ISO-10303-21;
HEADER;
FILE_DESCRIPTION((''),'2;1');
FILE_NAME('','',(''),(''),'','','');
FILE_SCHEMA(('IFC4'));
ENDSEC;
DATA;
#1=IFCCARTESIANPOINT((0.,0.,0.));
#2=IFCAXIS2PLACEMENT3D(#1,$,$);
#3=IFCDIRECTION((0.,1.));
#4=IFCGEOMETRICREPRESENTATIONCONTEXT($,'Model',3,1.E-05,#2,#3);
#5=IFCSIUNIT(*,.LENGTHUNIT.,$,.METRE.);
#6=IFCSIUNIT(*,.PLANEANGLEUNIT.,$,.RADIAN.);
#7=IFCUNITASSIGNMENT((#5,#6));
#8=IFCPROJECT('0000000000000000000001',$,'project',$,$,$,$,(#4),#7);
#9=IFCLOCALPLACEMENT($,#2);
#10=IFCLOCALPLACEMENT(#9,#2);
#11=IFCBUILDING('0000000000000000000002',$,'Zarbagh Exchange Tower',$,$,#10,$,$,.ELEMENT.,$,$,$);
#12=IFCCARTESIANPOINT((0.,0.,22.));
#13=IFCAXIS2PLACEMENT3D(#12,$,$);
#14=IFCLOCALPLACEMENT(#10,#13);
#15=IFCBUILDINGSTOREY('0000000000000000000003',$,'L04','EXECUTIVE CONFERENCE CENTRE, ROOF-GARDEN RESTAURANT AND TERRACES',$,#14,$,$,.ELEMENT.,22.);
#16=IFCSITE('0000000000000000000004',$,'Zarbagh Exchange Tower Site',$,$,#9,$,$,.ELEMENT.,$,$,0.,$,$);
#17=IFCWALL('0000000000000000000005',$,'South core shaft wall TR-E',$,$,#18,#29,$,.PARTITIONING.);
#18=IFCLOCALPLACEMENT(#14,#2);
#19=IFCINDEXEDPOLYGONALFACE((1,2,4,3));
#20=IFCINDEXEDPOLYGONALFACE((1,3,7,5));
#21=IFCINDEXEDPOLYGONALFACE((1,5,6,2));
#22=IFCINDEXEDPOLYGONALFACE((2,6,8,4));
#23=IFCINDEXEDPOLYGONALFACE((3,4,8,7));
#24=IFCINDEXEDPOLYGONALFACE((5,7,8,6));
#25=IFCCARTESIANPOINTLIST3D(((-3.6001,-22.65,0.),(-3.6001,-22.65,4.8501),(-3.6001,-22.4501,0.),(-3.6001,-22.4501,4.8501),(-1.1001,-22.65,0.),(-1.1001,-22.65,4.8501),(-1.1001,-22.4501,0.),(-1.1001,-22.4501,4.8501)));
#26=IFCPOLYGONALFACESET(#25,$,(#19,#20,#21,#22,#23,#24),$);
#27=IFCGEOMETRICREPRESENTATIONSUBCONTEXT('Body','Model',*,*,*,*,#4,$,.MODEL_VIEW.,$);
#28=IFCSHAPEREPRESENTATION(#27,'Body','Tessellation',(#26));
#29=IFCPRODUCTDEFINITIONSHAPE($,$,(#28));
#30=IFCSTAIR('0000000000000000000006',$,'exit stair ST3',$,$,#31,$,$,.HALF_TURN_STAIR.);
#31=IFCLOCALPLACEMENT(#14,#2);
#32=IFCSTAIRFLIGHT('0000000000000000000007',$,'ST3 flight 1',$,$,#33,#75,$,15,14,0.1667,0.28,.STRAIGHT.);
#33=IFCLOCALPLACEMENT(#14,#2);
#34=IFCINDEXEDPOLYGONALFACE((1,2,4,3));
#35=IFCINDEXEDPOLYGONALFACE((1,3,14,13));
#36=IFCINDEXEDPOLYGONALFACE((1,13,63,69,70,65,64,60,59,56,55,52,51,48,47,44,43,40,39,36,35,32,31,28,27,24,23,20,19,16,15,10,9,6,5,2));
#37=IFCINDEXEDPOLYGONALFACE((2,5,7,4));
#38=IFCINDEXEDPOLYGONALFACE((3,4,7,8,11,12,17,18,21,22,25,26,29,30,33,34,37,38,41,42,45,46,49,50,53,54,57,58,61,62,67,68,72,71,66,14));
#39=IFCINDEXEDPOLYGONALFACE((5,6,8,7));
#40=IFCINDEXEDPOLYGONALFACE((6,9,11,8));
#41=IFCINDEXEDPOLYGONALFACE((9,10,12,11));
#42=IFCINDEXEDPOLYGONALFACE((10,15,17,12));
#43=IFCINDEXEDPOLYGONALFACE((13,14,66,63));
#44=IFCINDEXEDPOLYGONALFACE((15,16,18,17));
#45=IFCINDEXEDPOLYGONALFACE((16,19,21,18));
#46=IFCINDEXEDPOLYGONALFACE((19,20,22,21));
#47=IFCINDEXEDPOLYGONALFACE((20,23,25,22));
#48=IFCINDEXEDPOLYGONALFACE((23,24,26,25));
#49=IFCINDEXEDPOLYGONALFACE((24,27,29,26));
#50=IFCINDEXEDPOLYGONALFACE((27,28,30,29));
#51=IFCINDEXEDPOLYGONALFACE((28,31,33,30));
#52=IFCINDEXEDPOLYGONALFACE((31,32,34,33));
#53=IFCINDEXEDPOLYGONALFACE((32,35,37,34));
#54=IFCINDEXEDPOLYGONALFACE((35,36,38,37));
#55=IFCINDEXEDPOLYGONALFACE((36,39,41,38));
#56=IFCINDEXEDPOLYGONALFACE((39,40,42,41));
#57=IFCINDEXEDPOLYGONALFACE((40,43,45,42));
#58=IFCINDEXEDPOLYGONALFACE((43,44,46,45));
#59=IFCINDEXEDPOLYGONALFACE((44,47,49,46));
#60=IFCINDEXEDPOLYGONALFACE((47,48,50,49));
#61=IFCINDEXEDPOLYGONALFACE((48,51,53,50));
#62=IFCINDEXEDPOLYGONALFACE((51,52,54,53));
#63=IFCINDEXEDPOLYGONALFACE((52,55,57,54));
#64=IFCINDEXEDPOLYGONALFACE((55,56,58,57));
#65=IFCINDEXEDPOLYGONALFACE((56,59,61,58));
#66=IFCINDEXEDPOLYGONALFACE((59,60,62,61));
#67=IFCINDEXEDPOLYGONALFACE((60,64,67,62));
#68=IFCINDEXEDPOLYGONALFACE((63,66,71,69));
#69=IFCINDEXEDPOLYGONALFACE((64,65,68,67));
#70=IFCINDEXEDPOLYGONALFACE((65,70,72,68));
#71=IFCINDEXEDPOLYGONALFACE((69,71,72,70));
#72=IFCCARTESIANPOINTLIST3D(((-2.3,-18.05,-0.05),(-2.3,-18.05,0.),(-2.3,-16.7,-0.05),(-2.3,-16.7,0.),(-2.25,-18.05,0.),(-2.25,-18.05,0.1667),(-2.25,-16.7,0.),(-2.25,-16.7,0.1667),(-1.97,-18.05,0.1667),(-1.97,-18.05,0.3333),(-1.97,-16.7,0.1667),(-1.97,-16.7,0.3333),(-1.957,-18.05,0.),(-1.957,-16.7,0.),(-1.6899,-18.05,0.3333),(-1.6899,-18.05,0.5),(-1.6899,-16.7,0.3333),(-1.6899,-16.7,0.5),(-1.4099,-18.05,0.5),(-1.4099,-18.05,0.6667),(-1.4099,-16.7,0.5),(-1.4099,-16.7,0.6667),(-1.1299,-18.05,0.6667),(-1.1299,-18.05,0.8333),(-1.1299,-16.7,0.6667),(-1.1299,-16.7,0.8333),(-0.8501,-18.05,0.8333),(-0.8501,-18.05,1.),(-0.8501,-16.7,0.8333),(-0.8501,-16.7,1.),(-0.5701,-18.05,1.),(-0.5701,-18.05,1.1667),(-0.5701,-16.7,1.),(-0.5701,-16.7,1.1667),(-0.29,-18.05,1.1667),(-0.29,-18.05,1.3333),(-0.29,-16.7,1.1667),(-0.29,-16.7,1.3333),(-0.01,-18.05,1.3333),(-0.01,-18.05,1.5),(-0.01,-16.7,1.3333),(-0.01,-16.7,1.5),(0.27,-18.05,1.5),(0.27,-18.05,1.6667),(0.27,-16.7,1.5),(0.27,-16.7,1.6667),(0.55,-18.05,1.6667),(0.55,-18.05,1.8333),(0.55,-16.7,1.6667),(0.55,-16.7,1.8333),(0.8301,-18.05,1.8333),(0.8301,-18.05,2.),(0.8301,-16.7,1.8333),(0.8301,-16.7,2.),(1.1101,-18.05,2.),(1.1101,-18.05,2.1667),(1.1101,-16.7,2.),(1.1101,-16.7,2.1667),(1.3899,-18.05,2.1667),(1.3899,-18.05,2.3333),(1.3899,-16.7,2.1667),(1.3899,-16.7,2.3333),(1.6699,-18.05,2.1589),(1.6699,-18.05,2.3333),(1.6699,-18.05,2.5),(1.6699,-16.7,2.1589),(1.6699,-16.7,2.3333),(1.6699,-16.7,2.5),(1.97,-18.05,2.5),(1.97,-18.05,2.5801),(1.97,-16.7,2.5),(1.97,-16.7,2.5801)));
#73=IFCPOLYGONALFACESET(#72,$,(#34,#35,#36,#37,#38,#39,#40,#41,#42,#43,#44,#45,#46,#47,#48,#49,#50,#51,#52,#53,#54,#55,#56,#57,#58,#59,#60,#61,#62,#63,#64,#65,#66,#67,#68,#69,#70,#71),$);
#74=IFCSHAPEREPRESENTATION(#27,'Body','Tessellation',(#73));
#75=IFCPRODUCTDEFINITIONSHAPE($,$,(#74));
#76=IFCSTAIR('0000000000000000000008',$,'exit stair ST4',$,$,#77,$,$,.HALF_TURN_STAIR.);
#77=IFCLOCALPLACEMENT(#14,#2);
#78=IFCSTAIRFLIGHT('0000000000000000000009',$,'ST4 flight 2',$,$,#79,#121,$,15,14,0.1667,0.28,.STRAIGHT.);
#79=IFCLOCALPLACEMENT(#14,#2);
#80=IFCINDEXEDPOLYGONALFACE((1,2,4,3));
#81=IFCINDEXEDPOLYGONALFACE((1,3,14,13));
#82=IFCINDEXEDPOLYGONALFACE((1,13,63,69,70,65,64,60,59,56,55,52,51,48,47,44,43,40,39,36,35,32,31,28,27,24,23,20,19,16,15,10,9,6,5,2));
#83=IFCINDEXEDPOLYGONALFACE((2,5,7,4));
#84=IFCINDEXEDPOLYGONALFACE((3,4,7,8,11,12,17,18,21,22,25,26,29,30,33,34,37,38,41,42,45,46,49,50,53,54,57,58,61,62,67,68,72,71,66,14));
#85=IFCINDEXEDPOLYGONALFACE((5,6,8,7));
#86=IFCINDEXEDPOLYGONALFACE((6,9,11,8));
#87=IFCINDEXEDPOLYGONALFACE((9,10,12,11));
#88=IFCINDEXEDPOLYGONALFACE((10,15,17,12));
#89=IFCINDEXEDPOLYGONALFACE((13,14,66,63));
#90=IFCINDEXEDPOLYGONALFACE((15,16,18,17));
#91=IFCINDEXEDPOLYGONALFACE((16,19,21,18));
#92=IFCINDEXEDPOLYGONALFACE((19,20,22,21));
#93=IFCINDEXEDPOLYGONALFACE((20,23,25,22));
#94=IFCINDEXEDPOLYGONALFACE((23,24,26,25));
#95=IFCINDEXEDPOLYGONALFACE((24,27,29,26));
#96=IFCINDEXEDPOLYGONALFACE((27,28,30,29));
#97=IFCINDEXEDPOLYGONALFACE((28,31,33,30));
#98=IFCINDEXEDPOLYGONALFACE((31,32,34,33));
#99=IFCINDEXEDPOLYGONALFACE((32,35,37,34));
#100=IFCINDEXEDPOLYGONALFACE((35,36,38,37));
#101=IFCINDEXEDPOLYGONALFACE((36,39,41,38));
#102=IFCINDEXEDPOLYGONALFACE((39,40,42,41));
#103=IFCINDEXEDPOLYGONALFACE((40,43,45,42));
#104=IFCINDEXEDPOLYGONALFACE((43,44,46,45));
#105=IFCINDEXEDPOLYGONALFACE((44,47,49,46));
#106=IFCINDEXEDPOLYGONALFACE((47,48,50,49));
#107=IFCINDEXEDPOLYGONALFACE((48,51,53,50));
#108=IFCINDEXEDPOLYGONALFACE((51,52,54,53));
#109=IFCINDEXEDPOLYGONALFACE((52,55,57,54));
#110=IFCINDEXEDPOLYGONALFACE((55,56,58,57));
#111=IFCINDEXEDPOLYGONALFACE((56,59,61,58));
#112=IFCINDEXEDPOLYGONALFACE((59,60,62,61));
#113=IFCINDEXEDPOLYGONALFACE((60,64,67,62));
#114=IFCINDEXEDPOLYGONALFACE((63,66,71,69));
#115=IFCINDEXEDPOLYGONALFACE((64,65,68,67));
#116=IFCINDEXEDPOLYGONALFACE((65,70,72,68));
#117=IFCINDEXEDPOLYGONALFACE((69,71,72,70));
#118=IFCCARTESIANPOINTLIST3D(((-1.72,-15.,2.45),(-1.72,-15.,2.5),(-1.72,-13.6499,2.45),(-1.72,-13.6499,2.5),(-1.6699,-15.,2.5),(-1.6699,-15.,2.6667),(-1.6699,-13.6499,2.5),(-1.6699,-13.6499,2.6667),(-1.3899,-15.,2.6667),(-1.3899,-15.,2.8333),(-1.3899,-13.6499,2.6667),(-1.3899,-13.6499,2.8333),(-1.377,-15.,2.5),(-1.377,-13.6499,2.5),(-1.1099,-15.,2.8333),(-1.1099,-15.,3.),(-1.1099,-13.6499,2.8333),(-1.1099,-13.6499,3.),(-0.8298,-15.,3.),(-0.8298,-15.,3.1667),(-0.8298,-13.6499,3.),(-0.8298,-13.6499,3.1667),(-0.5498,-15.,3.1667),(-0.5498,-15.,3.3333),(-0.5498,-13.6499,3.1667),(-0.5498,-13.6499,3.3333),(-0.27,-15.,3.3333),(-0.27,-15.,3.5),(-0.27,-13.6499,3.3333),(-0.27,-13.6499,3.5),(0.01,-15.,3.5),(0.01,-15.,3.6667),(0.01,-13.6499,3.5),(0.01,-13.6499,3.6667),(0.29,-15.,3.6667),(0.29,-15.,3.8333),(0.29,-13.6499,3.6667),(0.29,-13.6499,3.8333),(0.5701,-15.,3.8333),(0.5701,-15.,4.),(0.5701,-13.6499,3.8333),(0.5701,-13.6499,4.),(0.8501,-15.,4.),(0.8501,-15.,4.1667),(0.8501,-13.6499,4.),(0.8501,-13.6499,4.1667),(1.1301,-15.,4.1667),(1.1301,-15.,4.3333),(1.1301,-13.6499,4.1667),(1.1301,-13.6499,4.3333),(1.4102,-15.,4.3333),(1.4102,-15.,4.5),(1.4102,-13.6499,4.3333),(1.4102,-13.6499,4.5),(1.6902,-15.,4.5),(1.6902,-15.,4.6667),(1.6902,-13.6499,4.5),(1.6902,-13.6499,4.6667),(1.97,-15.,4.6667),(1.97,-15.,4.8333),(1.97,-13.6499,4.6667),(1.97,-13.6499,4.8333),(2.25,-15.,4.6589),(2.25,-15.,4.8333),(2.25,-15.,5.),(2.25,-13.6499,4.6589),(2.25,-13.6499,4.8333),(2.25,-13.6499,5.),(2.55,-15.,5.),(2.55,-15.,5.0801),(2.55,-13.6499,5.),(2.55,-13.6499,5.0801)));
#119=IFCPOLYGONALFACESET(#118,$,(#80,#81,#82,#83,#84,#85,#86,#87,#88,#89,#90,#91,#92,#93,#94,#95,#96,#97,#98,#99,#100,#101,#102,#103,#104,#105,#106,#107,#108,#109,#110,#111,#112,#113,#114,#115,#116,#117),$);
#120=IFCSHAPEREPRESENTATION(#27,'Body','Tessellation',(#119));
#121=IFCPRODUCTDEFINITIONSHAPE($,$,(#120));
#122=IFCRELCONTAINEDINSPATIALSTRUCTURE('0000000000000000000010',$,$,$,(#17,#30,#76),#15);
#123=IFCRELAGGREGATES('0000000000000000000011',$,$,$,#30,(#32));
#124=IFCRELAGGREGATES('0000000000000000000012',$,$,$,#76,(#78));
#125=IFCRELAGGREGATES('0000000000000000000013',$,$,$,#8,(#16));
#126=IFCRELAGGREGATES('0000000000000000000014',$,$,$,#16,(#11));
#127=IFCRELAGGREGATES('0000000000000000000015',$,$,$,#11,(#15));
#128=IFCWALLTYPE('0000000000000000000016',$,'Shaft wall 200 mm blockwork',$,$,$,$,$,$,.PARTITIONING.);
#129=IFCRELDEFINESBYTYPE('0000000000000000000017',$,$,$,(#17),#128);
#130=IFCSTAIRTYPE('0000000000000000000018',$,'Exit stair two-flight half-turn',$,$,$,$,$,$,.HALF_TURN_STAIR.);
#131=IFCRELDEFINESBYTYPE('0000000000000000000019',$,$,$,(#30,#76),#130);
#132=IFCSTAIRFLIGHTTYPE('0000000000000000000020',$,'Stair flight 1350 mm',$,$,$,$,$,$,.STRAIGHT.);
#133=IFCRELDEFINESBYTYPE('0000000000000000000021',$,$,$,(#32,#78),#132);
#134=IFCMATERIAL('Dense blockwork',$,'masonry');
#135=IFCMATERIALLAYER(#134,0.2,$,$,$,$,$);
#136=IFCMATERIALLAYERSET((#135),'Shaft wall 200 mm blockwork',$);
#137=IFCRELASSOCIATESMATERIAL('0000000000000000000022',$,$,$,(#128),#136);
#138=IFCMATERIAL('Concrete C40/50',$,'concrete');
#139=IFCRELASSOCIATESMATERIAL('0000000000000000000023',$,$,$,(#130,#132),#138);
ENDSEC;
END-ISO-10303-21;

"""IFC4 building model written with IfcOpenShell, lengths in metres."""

from ifc_helpers import new_model, si_unit, direction, frame, frame_2d, origin, place, context, subcontext, project, spatial, polyline, rectangle, outline, extrude, material, layer, layer_set, type_object, element, aggregate, save


model = new_model("IFC4")

# Units and contexts
model_context = context("Model", 3, precision=1e-05, world=origin(), true_north=direction((0.0, 1.0)))
body_context = subcontext(model_context, "Body", "Model", "MODEL_VIEW")
ifc_project = project(units=[si_unit("LENGTHUNIT", "METRE"), si_unit("PLANEANGLEUNIT", "RADIAN")], contexts=[model_context])

# Site, building, storey
site_placement = place(None, origin())
site = spatial("IfcSite", under=ifc_project, at=site_placement, Name="Zarbagh Exchange Tower Site", CompositionType="ELEMENT", RefElevation=0.0)
building_placement = place(site_placement, origin())
building = spatial("IfcBuilding", under=site, at=building_placement, Name="Zarbagh Exchange Tower", CompositionType="ELEMENT")
storey_placement = place(building_placement, frame((0.0, 0.0, 22.0)))
storey = spatial("IfcBuildingStorey", under=building, at=storey_placement, Name="L04", Description="EXECUTIVE CONFERENCE CENTRE, ROOF-GARDEN RESTAURANT AND TERRACES", CompositionType="ELEMENT", Elevation=22.0)

# Wall
ifc_material_1 = material(Name="Dense blockwork", Category="masonry")
ifc_layer_1 = layer(ifc_material_1, 0.2)
ifc_layer_set_1 = layer_set([ifc_layer_1], Name="Shaft wall 200 mm blockwork")
wall_type_1 = type_object("IfcWallType", Name="Shaft wall 200 mm blockwork", PredefinedType="PARTITIONING", material=ifc_layer_set_1)
wall_1_placement = place(storey_placement, frame((-1.1001, -22.55, 0.0), z_axis=(0.0, 0.0, 1.0), x_axis=(-1.0, 0.0, 0.0)))
element("IfcWall", 1, at=wall_1_placement, inside=storey, type_object=wall_type_1, Name="South core shaft wall TR-E", PredefinedType="PARTITIONING", context=body_context, shape_type="SweptSolid", body=[
    extrude(rectangle(XDim=2.5, YDim=0.2, at=frame_2d((1.25, 0.0))), origin(), (0.0, 0.0, 1.0), 4.8501),
])

# Stairs, stair flights
ifc_material_2 = material(Name="Concrete C40/50", Category="concrete")
stair_type = type_object("IfcStairType", Name="Exit stair two-flight half-turn", PredefinedType="HALF_TURN_STAIR", material=ifc_material_2)
stair_1_placement = place(storey_placement, origin())
stair_1 = element("IfcStair", 2, at=stair_1_placement, inside=storey, type_object=stair_type, Name="exit stair ST3", PredefinedType="HALF_TURN_STAIR")
stair_flight_type = type_object("IfcStairFlightType", Name="Stair flight 1350 mm", PredefinedType="STRAIGHT", material=ifc_material_2)
stair_flight_1_placement = place(storey_placement, frame((-2.25, -17.375, 0.0), z_axis=(0.0, 0.0, 1.0), x_axis=(1.0, 0.0, 0.0)))
stair_flight_1 = element("IfcStairFlight", 3, at=stair_flight_1_placement, type_object=stair_flight_type, Name="ST3 flight 1", NumberOfRisers=15, NumberOfTreads=14, PredefinedType="STRAIGHT", RiserHeight=0.1667, TreadLength=0.28, context=body_context, shape_type="SweptSolid", body=[
    extrude(outline(polyline([(-0.05, -0.05), (-0.05, 0.0), (0.0, 0.0), (0.0, 0.1667), (0.28, 0.1667), (0.28, 0.3333), (0.5601, 0.3333), (0.5601, 0.5), (0.8401, 0.5), (0.8401, 0.6667), (1.1201, 0.6667), (1.1201, 0.8333), (1.3999, 0.8333), (1.3999, 1.0), (1.6799, 1.0), (1.6799, 1.1667), (1.96, 1.1667), (1.96, 1.3333), (2.24, 1.3333), (2.24, 1.5), (2.52, 1.5), (2.52, 1.6667), (2.8, 1.6667), (2.8, 1.8333), (3.0801, 1.8333), (3.0801, 2.0), (3.3601, 2.0), (3.3601, 2.1667), (3.6399, 2.1667), (3.6399, 2.3333), (3.9199, 2.3333), (3.9199, 2.5), (4.22, 2.5801), (4.22, 2.5), (3.9199, 2.1589), (0.293, 0.0), (-0.05, -0.05)])), frame((0.0, 0.675, 0.0), z_axis=(0.0, -1.0, 0.0), x_axis=(1.0, 0.0, 0.0)), (0.0, 0.0, 1.0), 1.3501),
])
aggregate(stair_1, [stair_flight_1])
stair_2_placement = place(storey_placement, origin())
stair_2 = element("IfcStair", 4, at=stair_2_placement, inside=storey, type_object=stair_type, Name="exit stair ST4", PredefinedType="HALF_TURN_STAIR")
stair_flight_2_placement = place(storey_placement, frame((-1.6699, -14.325, 2.5), z_axis=(0.0, 0.0, 1.0), x_axis=(1.0, 0.0, 0.0)))
stair_flight_2 = element("IfcStairFlight", 5, at=stair_flight_2_placement, type_object=stair_flight_type, Name="ST4 flight 2", NumberOfRisers=15, NumberOfTreads=14, PredefinedType="STRAIGHT", RiserHeight=0.1667, TreadLength=0.28, context=body_context, shape_type="SweptSolid", body=[
    extrude(outline(polyline([(-0.05, -0.05), (-0.05, 0.0), (0.0, 0.0), (0.0, 0.1667), (0.28, 0.1667), (0.28, 0.3333), (0.5601, 0.3333), (0.5601, 0.5), (0.8401, 0.5), (0.8401, 0.6667), (1.1201, 0.6667), (1.1201, 0.8333), (1.3999, 0.8333), (1.3999, 1.0), (1.6799, 1.0), (1.6799, 1.1667), (1.96, 1.1667), (1.96, 1.3333), (2.24, 1.3333), (2.24, 1.5), (2.52, 1.5), (2.52, 1.6667), (2.8, 1.6667), (2.8, 1.8333), (3.0801, 1.8333), (3.0801, 2.0), (3.3601, 2.0), (3.3601, 2.1667), (3.6399, 2.1667), (3.6399, 2.3333), (3.9199, 2.3333), (3.9199, 2.5), (4.22, 2.5801), (4.22, 2.5), (3.9199, 2.1589), (0.293, 0.0), (-0.05, -0.05)])), frame((0.0, 0.675, 0.0), z_axis=(0.0, -1.0, 0.0), x_axis=(1.0, 0.0, 0.0)), (0.0, 0.0, 1.0), 1.3501),
])
aggregate(stair_2, [stair_flight_2])

save(model, "model.ifc")
